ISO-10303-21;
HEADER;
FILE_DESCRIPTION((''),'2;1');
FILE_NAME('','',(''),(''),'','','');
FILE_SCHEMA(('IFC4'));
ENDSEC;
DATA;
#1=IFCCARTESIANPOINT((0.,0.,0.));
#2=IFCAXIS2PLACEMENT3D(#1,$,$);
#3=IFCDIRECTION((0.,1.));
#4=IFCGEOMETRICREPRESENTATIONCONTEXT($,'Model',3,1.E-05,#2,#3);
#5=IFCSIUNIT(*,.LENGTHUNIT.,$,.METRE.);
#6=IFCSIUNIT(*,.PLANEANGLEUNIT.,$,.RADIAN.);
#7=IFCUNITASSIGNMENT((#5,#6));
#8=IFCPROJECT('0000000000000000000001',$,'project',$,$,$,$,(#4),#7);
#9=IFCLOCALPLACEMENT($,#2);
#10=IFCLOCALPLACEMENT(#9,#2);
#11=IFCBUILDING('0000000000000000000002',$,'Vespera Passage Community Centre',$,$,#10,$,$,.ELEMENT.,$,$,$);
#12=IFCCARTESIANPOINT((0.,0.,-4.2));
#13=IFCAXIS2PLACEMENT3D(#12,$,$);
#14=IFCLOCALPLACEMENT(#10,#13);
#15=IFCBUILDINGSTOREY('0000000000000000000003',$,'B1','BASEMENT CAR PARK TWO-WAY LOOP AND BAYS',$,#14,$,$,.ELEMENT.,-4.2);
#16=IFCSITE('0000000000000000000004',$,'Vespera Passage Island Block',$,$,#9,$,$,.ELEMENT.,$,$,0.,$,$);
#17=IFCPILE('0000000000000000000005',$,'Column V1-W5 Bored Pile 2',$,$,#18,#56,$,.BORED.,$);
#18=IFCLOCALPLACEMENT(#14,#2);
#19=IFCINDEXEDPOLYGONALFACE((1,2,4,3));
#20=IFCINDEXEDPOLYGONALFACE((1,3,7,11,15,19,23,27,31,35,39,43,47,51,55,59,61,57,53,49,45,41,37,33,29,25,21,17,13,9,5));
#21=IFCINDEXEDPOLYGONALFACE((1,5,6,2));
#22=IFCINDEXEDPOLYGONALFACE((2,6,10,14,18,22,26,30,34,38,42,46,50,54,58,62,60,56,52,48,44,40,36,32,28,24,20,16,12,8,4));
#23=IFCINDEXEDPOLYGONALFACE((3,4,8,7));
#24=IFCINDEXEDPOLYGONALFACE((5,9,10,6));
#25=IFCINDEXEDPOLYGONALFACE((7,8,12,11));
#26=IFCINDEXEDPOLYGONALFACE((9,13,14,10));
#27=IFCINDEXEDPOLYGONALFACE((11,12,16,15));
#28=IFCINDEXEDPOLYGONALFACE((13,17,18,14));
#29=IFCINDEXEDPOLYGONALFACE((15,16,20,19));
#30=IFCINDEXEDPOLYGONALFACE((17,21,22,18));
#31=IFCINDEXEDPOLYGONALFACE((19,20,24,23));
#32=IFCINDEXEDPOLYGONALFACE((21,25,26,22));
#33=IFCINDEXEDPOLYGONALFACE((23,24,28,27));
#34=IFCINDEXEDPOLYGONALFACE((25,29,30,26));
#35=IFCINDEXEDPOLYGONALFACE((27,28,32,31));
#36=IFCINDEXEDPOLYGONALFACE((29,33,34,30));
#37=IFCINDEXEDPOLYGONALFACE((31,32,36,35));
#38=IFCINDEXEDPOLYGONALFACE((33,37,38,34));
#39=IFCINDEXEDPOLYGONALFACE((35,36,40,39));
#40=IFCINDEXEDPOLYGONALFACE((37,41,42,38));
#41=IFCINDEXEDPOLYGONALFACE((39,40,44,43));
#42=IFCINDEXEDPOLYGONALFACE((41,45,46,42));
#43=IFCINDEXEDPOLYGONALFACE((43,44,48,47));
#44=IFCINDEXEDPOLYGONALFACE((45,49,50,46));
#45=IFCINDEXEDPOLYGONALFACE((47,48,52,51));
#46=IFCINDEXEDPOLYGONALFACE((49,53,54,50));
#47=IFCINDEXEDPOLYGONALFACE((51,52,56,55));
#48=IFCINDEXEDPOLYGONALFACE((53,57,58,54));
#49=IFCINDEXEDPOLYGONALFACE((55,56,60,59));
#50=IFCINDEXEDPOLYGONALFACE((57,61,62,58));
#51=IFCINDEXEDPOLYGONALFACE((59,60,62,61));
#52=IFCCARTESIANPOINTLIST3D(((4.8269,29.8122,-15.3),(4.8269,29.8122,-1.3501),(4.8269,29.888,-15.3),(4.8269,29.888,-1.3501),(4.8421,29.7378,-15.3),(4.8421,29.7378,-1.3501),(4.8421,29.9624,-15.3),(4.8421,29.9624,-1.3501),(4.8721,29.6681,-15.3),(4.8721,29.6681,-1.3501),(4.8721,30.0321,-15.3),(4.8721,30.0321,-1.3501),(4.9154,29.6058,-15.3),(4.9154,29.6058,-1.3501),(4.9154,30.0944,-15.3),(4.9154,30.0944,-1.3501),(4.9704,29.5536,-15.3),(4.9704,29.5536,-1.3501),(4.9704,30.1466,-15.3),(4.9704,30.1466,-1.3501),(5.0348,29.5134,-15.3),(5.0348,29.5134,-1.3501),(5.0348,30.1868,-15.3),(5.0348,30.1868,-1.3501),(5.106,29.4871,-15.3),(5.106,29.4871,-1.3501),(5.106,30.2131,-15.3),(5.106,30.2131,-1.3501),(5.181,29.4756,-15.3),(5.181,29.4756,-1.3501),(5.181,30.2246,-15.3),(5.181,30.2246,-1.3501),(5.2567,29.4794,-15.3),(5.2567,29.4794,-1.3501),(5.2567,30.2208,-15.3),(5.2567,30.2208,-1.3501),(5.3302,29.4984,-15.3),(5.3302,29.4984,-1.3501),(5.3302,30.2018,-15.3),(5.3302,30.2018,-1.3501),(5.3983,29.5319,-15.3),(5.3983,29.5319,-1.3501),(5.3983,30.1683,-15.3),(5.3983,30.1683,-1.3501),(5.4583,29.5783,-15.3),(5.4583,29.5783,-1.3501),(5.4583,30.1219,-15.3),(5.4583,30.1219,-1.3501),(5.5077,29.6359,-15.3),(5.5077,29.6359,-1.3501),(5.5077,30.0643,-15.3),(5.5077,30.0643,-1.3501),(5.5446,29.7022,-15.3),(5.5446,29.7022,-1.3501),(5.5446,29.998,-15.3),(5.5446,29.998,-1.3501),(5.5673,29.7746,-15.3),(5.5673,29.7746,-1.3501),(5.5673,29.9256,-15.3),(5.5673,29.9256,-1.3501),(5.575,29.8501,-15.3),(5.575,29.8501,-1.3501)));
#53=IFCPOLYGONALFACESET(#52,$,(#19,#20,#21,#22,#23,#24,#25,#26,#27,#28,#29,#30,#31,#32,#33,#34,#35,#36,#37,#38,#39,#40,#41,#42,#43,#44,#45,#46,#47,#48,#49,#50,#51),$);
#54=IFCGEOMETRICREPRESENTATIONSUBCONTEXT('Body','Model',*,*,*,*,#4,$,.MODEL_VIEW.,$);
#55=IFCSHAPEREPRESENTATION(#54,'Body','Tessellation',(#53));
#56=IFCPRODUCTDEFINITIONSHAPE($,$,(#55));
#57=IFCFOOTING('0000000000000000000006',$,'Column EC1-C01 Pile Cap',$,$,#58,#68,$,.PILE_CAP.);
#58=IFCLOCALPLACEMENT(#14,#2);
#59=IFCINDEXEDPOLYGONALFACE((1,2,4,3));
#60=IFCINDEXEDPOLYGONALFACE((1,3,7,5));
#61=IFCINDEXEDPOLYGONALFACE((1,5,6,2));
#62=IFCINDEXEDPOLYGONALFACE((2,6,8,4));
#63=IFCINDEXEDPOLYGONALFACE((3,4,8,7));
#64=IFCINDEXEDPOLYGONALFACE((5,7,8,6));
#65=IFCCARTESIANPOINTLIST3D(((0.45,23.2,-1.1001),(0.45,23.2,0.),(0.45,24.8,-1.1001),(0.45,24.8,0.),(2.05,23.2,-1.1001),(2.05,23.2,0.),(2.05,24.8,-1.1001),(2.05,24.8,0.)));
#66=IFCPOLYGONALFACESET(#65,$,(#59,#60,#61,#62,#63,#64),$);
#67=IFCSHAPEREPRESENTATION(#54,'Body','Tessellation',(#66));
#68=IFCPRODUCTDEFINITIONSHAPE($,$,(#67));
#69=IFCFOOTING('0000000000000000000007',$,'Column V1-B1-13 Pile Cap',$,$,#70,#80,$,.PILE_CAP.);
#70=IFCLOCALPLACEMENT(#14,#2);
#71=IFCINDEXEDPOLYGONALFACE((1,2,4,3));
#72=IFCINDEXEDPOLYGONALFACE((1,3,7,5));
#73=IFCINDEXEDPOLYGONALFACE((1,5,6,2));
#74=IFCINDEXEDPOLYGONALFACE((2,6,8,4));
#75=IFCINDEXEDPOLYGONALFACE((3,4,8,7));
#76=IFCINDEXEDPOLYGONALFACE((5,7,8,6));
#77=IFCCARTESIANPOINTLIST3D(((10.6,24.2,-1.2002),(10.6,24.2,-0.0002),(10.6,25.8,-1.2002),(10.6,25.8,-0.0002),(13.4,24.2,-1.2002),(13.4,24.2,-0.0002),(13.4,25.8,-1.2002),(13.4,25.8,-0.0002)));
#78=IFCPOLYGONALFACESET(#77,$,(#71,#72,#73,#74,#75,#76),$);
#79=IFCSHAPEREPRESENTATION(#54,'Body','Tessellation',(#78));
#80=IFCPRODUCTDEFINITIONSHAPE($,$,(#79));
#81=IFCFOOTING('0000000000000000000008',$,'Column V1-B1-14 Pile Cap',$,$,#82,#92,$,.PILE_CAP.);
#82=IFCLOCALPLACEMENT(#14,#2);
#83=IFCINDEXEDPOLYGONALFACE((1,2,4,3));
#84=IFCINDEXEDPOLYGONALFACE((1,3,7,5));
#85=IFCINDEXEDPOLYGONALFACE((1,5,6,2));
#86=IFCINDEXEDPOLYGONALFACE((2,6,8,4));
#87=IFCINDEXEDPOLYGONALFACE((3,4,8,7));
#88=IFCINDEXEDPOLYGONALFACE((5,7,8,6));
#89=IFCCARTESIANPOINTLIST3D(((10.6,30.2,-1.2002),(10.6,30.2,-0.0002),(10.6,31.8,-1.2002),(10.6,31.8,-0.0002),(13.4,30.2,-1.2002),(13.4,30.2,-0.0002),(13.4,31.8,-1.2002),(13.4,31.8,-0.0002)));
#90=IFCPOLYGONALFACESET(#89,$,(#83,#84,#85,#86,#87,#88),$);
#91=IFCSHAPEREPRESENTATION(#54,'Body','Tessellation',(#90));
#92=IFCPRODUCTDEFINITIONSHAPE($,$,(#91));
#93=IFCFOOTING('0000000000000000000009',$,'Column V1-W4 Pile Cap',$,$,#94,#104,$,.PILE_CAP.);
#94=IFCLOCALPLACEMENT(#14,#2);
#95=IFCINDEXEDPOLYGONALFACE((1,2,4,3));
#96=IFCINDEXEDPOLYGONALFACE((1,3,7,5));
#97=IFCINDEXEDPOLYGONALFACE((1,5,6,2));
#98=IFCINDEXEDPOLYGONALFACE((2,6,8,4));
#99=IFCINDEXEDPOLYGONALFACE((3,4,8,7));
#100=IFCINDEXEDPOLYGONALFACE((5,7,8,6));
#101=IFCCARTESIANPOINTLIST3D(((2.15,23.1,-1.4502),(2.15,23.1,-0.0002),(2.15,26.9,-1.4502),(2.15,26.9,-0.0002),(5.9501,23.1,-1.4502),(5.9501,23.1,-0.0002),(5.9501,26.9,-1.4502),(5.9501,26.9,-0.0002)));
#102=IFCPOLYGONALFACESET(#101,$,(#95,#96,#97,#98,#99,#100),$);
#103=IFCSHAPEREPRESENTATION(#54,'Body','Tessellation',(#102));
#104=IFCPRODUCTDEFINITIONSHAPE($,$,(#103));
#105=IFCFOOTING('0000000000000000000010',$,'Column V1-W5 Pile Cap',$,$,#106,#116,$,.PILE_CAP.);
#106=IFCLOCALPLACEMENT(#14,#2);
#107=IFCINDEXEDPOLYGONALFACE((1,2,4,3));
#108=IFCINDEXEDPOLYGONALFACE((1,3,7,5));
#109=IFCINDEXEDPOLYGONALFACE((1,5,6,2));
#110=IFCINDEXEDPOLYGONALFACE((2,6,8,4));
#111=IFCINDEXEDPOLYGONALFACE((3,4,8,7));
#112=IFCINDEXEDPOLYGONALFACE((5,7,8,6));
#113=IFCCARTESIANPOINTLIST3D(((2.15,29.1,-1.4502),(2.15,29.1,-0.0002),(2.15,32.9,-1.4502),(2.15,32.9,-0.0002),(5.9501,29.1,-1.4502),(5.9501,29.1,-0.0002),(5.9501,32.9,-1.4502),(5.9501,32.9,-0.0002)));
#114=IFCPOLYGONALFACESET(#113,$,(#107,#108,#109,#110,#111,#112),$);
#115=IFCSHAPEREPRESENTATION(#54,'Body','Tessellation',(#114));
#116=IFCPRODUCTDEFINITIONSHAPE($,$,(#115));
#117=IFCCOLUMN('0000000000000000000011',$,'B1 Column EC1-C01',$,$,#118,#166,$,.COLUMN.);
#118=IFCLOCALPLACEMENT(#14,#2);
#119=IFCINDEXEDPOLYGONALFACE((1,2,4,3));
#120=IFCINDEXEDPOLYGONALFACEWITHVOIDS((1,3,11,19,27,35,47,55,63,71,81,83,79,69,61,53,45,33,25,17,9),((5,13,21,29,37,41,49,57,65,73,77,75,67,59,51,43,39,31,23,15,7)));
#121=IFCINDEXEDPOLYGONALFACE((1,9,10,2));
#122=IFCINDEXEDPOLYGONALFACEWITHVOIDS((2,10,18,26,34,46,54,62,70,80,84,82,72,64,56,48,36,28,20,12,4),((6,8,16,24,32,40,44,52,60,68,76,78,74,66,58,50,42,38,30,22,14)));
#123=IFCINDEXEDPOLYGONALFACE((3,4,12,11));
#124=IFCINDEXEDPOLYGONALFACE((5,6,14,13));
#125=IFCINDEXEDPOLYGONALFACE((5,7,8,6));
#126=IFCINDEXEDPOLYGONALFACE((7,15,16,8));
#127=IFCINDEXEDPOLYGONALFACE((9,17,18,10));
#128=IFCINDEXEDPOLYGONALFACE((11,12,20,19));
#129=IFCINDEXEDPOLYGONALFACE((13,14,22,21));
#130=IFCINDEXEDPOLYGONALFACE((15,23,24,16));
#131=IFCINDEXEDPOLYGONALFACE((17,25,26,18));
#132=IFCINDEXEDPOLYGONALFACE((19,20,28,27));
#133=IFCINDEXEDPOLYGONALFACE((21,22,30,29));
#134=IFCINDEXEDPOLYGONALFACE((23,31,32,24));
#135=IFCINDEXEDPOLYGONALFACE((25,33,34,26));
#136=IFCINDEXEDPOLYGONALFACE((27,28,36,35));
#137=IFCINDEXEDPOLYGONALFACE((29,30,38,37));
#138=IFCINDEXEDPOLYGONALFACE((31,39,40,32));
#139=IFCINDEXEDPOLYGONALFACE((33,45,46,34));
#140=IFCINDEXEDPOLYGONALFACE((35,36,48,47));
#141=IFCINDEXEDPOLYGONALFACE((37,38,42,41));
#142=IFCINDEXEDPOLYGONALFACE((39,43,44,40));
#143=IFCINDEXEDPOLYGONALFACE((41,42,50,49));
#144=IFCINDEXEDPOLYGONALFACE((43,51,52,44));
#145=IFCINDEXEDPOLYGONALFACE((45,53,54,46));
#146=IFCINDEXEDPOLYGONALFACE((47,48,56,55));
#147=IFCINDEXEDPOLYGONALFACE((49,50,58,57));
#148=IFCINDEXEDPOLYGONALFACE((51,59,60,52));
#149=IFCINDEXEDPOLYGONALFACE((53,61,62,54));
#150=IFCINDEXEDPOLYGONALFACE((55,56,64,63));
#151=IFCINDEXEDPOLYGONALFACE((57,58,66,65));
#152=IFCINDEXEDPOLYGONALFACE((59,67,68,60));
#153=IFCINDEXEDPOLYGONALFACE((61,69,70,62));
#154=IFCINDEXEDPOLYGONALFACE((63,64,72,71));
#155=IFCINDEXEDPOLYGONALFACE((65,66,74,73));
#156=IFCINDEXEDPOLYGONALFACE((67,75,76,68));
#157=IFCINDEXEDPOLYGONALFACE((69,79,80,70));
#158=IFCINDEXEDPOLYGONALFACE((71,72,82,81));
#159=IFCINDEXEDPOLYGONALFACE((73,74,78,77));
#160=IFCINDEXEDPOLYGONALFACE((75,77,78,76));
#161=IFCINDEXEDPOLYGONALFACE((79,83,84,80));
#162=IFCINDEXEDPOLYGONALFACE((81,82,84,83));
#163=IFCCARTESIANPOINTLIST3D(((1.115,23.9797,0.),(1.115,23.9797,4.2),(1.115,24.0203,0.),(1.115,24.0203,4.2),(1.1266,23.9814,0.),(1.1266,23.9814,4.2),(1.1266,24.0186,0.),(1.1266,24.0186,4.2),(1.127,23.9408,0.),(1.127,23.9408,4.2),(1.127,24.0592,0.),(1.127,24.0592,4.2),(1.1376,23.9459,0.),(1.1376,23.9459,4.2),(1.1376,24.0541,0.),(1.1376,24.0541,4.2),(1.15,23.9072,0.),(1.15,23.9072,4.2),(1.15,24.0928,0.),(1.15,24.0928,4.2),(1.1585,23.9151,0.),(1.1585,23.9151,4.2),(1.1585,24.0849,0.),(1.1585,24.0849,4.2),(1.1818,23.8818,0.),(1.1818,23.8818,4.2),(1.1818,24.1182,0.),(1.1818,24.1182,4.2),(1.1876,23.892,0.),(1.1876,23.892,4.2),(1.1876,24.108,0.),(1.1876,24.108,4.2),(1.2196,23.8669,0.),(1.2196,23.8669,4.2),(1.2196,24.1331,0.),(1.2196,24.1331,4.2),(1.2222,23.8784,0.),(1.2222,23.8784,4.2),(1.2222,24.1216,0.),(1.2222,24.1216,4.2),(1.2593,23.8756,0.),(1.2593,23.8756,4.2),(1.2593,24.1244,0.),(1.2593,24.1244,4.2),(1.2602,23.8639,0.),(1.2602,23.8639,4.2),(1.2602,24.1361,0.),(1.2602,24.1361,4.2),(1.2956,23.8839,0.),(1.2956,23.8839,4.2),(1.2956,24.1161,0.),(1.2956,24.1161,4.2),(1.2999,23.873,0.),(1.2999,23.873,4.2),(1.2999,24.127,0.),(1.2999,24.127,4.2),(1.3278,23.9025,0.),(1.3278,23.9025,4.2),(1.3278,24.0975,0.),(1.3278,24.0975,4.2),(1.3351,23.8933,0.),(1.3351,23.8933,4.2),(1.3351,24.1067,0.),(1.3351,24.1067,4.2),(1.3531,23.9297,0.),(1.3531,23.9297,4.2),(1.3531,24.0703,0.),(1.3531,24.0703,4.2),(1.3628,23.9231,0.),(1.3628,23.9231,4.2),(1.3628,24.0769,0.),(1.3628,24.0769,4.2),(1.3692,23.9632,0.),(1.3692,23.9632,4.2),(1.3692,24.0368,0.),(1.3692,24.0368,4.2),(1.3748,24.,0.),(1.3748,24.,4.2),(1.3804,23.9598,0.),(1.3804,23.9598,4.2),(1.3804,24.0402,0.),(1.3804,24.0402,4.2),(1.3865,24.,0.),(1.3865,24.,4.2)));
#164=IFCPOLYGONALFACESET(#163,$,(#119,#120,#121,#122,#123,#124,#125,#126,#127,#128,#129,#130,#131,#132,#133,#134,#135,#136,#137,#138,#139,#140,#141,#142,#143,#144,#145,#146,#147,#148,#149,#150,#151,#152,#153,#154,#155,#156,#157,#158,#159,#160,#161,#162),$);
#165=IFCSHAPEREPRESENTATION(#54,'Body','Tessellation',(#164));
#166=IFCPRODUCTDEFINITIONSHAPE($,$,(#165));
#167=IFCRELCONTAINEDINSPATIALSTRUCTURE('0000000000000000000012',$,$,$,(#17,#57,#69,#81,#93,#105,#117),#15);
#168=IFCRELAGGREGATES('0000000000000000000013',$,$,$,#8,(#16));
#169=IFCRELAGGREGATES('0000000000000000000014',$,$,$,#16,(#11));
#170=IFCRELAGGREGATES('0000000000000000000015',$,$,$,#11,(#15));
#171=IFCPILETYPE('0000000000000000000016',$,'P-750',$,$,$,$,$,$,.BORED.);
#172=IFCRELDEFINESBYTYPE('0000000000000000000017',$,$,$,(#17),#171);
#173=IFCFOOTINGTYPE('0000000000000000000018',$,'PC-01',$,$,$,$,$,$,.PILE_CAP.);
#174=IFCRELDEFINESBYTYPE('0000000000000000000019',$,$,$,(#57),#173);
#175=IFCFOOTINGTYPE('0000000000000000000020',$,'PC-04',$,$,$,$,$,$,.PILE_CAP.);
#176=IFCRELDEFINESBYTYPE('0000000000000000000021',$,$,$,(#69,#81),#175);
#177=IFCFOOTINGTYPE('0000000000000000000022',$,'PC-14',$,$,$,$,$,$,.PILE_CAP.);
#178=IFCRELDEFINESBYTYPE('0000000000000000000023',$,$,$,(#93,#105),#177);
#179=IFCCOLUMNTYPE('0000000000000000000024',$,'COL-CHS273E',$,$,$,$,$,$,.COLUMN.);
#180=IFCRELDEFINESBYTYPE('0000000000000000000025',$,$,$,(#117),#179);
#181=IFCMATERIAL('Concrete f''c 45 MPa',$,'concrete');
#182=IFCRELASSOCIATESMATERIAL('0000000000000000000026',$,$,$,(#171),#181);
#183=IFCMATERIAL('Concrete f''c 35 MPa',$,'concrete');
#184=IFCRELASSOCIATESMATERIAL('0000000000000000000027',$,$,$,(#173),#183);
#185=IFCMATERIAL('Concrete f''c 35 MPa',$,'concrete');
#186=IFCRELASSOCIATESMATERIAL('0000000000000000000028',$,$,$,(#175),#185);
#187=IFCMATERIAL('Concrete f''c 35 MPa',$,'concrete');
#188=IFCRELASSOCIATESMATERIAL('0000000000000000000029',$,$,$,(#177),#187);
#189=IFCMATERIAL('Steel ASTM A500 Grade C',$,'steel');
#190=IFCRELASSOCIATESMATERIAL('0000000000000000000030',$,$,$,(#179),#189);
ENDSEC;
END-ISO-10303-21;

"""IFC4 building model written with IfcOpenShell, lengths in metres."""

from ifc_helpers import new_model, si_unit, direction, frame, origin, origin_2d, place, context, subcontext, project, spatial, rectangle, circle, hollow_circle, extrude, material, material_profile, profile_set, type_object, element, save


model = new_model("IFC4")

# Units and contexts
model_context = context("Model", 3, precision=1e-05, world=origin(), true_north=direction((0.0, 1.0)))
body_context = subcontext(model_context, "Body", "Model", "MODEL_VIEW")
ifc_project = project(units=[si_unit("LENGTHUNIT", "METRE"), si_unit("PLANEANGLEUNIT", "RADIAN")], contexts=[model_context])

# Site, building, storey
site_placement = place(None, origin())
site = spatial("IfcSite", under=ifc_project, at=site_placement, Name="Vespera Passage Island Block", CompositionType="ELEMENT", RefElevation=0.0)
building_placement = place(site_placement, origin())
building = spatial("IfcBuilding", under=site, at=building_placement, Name="Vespera Passage Community Centre", CompositionType="ELEMENT")
storey_placement = place(building_placement, frame((0.0, 0.0, -4.2)))
storey = spatial("IfcBuildingStorey", under=building, at=storey_placement, Name="B1", Description="BASEMENT CAR PARK TWO-WAY LOOP AND BAYS", CompositionType="ELEMENT", Elevation=-4.2)

# Pile
ifc_material_1 = material(Name="Concrete f'c 45 MPa", Category="concrete")
ifc_material_profile_1 = material_profile(ifc_material_1, circle(Radius=0.375, at=origin_2d()), Name="PILE750DIA")
ifc_profile_set_1 = profile_set([ifc_material_profile_1], Name="Concrete f'c 45 MPa")
pile_type_1 = type_object("IfcPileType", Name="P-750", PredefinedType="BORED", material=ifc_profile_set_1)
for number, where, z_axis, x_axis, name in (
    (1, (5.2, 29.8501, -1.3501), (0.0, 0.0, -1.0), (1.0, 0.0, 0.0), "Column V1-W5 Bored Pile 2"),
):
    element("IfcPile", number, at=place(storey_placement, frame(where, z_axis=z_axis, x_axis=x_axis)), inside=storey, type_object=pile_type_1, Name=name, PredefinedType="BORED", context=body_context, shape_type="SweptSolid", body=[
        extrude(circle(Radius=0.375, at=origin_2d()), origin(), (0.0, 0.0, 1.0), 13.95),
    ])

# Footings
ifc_material_2 = material(Name="Concrete f'c 35 MPa", Category="concrete")
footing_type_1 = type_object("IfcFootingType", Name="PC-01", PredefinedType="PILE_CAP", material=ifc_material_2)
footing_1_placement = place(storey_placement, frame((1.25, 24.0, -1.1001), z_axis=(0.0, 0.0, 1.0), x_axis=(1.0, 0.0, 0.0)))
element("IfcFooting", 2, at=footing_1_placement, inside=storey, type_object=footing_type_1, Name="Column EC1-C01 Pile Cap", PredefinedType="PILE_CAP", context=body_context, shape_type="SweptSolid", body=[
    extrude(rectangle(XDim=1.6001, YDim=1.6001, at=origin_2d()), origin(), (0.0, 0.0, 1.0), 1.1001),
])
ifc_material_3 = material(Name="Concrete f'c 35 MPa", Category="concrete")
footing_type_2 = type_object("IfcFootingType", Name="PC-04", PredefinedType="PILE_CAP", material=ifc_material_3)
for number, where, z_axis, x_axis, name in (
    (3, (12.0, 25.0, -1.2002), (0.0, 0.0, 1.0), (1.0, 0.0, 0.0), "Column V1-B1-13 Pile Cap"),
    (4, (12.0, 31.0, -1.2002), (0.0, 0.0, 1.0), (1.0, 0.0, 0.0), "Column V1-B1-14 Pile Cap"),
):
    element("IfcFooting", number, at=place(storey_placement, frame(where, z_axis=z_axis, x_axis=x_axis)), inside=storey, type_object=footing_type_2, Name=name, PredefinedType="PILE_CAP", context=body_context, shape_type="SweptSolid", body=[
        extrude(rectangle(XDim=2.8, YDim=1.6001, at=origin_2d()), origin(), (0.0, 0.0, 1.0), 1.2),
    ])
ifc_material_4 = material(Name="Concrete f'c 35 MPa", Category="concrete")
footing_type_3 = type_object("IfcFootingType", Name="PC-14", PredefinedType="PILE_CAP", material=ifc_material_4)
for number, where, z_axis, x_axis, name in (
    (5, (4.05, 25.0, -1.4502), (0.0, 0.0, 1.0), (1.0, 0.0, 0.0), "Column V1-W4 Pile Cap"),
    (6, (4.05, 31.0, -1.4502), (0.0, 0.0, 1.0), (1.0, 0.0, 0.0), "Column V1-W5 Pile Cap"),
):
    element("IfcFooting", number, at=place(storey_placement, frame(where, z_axis=z_axis, x_axis=x_axis)), inside=storey, type_object=footing_type_3, Name=name, PredefinedType="PILE_CAP", context=body_context, shape_type="SweptSolid", body=[
        extrude(rectangle(XDim=3.8, YDim=3.8, at=origin_2d()), origin(), (0.0, 0.0, 1.0), 1.45),
    ])

# Column
ifc_material_5 = material(Name="Steel ASTM A500 Grade C", Category="steel")
ifc_material_profile_2 = material_profile(ifc_material_5, hollow_circle(Radius=0.1365, WallThickness=0.0117, at=origin_2d()), Name="CHS273X12.7")
ifc_profile_set_2 = profile_set([ifc_material_profile_2], Name="Steel ASTM A500 Grade C")
column_type_1 = type_object("IfcColumnType", Name="COL-CHS273E", PredefinedType="COLUMN", material=ifc_profile_set_2)
column_placement = place(storey_placement, frame((1.25, 24.0, 0.0), z_axis=(0.0, 0.0, 1.0), x_axis=(1.0, 0.0, 0.0)))
element("IfcColumn", 7, at=column_placement, inside=storey, type_object=column_type_1, Name="B1 Column EC1-C01", PredefinedType="COLUMN", context=body_context, shape_type="SweptSolid", body=[
    extrude(hollow_circle(Radius=0.1365, WallThickness=0.0117, at=origin_2d()), origin(), (0.0, 0.0, 1.0), 4.2),
])

save(model, "model.ifc")
